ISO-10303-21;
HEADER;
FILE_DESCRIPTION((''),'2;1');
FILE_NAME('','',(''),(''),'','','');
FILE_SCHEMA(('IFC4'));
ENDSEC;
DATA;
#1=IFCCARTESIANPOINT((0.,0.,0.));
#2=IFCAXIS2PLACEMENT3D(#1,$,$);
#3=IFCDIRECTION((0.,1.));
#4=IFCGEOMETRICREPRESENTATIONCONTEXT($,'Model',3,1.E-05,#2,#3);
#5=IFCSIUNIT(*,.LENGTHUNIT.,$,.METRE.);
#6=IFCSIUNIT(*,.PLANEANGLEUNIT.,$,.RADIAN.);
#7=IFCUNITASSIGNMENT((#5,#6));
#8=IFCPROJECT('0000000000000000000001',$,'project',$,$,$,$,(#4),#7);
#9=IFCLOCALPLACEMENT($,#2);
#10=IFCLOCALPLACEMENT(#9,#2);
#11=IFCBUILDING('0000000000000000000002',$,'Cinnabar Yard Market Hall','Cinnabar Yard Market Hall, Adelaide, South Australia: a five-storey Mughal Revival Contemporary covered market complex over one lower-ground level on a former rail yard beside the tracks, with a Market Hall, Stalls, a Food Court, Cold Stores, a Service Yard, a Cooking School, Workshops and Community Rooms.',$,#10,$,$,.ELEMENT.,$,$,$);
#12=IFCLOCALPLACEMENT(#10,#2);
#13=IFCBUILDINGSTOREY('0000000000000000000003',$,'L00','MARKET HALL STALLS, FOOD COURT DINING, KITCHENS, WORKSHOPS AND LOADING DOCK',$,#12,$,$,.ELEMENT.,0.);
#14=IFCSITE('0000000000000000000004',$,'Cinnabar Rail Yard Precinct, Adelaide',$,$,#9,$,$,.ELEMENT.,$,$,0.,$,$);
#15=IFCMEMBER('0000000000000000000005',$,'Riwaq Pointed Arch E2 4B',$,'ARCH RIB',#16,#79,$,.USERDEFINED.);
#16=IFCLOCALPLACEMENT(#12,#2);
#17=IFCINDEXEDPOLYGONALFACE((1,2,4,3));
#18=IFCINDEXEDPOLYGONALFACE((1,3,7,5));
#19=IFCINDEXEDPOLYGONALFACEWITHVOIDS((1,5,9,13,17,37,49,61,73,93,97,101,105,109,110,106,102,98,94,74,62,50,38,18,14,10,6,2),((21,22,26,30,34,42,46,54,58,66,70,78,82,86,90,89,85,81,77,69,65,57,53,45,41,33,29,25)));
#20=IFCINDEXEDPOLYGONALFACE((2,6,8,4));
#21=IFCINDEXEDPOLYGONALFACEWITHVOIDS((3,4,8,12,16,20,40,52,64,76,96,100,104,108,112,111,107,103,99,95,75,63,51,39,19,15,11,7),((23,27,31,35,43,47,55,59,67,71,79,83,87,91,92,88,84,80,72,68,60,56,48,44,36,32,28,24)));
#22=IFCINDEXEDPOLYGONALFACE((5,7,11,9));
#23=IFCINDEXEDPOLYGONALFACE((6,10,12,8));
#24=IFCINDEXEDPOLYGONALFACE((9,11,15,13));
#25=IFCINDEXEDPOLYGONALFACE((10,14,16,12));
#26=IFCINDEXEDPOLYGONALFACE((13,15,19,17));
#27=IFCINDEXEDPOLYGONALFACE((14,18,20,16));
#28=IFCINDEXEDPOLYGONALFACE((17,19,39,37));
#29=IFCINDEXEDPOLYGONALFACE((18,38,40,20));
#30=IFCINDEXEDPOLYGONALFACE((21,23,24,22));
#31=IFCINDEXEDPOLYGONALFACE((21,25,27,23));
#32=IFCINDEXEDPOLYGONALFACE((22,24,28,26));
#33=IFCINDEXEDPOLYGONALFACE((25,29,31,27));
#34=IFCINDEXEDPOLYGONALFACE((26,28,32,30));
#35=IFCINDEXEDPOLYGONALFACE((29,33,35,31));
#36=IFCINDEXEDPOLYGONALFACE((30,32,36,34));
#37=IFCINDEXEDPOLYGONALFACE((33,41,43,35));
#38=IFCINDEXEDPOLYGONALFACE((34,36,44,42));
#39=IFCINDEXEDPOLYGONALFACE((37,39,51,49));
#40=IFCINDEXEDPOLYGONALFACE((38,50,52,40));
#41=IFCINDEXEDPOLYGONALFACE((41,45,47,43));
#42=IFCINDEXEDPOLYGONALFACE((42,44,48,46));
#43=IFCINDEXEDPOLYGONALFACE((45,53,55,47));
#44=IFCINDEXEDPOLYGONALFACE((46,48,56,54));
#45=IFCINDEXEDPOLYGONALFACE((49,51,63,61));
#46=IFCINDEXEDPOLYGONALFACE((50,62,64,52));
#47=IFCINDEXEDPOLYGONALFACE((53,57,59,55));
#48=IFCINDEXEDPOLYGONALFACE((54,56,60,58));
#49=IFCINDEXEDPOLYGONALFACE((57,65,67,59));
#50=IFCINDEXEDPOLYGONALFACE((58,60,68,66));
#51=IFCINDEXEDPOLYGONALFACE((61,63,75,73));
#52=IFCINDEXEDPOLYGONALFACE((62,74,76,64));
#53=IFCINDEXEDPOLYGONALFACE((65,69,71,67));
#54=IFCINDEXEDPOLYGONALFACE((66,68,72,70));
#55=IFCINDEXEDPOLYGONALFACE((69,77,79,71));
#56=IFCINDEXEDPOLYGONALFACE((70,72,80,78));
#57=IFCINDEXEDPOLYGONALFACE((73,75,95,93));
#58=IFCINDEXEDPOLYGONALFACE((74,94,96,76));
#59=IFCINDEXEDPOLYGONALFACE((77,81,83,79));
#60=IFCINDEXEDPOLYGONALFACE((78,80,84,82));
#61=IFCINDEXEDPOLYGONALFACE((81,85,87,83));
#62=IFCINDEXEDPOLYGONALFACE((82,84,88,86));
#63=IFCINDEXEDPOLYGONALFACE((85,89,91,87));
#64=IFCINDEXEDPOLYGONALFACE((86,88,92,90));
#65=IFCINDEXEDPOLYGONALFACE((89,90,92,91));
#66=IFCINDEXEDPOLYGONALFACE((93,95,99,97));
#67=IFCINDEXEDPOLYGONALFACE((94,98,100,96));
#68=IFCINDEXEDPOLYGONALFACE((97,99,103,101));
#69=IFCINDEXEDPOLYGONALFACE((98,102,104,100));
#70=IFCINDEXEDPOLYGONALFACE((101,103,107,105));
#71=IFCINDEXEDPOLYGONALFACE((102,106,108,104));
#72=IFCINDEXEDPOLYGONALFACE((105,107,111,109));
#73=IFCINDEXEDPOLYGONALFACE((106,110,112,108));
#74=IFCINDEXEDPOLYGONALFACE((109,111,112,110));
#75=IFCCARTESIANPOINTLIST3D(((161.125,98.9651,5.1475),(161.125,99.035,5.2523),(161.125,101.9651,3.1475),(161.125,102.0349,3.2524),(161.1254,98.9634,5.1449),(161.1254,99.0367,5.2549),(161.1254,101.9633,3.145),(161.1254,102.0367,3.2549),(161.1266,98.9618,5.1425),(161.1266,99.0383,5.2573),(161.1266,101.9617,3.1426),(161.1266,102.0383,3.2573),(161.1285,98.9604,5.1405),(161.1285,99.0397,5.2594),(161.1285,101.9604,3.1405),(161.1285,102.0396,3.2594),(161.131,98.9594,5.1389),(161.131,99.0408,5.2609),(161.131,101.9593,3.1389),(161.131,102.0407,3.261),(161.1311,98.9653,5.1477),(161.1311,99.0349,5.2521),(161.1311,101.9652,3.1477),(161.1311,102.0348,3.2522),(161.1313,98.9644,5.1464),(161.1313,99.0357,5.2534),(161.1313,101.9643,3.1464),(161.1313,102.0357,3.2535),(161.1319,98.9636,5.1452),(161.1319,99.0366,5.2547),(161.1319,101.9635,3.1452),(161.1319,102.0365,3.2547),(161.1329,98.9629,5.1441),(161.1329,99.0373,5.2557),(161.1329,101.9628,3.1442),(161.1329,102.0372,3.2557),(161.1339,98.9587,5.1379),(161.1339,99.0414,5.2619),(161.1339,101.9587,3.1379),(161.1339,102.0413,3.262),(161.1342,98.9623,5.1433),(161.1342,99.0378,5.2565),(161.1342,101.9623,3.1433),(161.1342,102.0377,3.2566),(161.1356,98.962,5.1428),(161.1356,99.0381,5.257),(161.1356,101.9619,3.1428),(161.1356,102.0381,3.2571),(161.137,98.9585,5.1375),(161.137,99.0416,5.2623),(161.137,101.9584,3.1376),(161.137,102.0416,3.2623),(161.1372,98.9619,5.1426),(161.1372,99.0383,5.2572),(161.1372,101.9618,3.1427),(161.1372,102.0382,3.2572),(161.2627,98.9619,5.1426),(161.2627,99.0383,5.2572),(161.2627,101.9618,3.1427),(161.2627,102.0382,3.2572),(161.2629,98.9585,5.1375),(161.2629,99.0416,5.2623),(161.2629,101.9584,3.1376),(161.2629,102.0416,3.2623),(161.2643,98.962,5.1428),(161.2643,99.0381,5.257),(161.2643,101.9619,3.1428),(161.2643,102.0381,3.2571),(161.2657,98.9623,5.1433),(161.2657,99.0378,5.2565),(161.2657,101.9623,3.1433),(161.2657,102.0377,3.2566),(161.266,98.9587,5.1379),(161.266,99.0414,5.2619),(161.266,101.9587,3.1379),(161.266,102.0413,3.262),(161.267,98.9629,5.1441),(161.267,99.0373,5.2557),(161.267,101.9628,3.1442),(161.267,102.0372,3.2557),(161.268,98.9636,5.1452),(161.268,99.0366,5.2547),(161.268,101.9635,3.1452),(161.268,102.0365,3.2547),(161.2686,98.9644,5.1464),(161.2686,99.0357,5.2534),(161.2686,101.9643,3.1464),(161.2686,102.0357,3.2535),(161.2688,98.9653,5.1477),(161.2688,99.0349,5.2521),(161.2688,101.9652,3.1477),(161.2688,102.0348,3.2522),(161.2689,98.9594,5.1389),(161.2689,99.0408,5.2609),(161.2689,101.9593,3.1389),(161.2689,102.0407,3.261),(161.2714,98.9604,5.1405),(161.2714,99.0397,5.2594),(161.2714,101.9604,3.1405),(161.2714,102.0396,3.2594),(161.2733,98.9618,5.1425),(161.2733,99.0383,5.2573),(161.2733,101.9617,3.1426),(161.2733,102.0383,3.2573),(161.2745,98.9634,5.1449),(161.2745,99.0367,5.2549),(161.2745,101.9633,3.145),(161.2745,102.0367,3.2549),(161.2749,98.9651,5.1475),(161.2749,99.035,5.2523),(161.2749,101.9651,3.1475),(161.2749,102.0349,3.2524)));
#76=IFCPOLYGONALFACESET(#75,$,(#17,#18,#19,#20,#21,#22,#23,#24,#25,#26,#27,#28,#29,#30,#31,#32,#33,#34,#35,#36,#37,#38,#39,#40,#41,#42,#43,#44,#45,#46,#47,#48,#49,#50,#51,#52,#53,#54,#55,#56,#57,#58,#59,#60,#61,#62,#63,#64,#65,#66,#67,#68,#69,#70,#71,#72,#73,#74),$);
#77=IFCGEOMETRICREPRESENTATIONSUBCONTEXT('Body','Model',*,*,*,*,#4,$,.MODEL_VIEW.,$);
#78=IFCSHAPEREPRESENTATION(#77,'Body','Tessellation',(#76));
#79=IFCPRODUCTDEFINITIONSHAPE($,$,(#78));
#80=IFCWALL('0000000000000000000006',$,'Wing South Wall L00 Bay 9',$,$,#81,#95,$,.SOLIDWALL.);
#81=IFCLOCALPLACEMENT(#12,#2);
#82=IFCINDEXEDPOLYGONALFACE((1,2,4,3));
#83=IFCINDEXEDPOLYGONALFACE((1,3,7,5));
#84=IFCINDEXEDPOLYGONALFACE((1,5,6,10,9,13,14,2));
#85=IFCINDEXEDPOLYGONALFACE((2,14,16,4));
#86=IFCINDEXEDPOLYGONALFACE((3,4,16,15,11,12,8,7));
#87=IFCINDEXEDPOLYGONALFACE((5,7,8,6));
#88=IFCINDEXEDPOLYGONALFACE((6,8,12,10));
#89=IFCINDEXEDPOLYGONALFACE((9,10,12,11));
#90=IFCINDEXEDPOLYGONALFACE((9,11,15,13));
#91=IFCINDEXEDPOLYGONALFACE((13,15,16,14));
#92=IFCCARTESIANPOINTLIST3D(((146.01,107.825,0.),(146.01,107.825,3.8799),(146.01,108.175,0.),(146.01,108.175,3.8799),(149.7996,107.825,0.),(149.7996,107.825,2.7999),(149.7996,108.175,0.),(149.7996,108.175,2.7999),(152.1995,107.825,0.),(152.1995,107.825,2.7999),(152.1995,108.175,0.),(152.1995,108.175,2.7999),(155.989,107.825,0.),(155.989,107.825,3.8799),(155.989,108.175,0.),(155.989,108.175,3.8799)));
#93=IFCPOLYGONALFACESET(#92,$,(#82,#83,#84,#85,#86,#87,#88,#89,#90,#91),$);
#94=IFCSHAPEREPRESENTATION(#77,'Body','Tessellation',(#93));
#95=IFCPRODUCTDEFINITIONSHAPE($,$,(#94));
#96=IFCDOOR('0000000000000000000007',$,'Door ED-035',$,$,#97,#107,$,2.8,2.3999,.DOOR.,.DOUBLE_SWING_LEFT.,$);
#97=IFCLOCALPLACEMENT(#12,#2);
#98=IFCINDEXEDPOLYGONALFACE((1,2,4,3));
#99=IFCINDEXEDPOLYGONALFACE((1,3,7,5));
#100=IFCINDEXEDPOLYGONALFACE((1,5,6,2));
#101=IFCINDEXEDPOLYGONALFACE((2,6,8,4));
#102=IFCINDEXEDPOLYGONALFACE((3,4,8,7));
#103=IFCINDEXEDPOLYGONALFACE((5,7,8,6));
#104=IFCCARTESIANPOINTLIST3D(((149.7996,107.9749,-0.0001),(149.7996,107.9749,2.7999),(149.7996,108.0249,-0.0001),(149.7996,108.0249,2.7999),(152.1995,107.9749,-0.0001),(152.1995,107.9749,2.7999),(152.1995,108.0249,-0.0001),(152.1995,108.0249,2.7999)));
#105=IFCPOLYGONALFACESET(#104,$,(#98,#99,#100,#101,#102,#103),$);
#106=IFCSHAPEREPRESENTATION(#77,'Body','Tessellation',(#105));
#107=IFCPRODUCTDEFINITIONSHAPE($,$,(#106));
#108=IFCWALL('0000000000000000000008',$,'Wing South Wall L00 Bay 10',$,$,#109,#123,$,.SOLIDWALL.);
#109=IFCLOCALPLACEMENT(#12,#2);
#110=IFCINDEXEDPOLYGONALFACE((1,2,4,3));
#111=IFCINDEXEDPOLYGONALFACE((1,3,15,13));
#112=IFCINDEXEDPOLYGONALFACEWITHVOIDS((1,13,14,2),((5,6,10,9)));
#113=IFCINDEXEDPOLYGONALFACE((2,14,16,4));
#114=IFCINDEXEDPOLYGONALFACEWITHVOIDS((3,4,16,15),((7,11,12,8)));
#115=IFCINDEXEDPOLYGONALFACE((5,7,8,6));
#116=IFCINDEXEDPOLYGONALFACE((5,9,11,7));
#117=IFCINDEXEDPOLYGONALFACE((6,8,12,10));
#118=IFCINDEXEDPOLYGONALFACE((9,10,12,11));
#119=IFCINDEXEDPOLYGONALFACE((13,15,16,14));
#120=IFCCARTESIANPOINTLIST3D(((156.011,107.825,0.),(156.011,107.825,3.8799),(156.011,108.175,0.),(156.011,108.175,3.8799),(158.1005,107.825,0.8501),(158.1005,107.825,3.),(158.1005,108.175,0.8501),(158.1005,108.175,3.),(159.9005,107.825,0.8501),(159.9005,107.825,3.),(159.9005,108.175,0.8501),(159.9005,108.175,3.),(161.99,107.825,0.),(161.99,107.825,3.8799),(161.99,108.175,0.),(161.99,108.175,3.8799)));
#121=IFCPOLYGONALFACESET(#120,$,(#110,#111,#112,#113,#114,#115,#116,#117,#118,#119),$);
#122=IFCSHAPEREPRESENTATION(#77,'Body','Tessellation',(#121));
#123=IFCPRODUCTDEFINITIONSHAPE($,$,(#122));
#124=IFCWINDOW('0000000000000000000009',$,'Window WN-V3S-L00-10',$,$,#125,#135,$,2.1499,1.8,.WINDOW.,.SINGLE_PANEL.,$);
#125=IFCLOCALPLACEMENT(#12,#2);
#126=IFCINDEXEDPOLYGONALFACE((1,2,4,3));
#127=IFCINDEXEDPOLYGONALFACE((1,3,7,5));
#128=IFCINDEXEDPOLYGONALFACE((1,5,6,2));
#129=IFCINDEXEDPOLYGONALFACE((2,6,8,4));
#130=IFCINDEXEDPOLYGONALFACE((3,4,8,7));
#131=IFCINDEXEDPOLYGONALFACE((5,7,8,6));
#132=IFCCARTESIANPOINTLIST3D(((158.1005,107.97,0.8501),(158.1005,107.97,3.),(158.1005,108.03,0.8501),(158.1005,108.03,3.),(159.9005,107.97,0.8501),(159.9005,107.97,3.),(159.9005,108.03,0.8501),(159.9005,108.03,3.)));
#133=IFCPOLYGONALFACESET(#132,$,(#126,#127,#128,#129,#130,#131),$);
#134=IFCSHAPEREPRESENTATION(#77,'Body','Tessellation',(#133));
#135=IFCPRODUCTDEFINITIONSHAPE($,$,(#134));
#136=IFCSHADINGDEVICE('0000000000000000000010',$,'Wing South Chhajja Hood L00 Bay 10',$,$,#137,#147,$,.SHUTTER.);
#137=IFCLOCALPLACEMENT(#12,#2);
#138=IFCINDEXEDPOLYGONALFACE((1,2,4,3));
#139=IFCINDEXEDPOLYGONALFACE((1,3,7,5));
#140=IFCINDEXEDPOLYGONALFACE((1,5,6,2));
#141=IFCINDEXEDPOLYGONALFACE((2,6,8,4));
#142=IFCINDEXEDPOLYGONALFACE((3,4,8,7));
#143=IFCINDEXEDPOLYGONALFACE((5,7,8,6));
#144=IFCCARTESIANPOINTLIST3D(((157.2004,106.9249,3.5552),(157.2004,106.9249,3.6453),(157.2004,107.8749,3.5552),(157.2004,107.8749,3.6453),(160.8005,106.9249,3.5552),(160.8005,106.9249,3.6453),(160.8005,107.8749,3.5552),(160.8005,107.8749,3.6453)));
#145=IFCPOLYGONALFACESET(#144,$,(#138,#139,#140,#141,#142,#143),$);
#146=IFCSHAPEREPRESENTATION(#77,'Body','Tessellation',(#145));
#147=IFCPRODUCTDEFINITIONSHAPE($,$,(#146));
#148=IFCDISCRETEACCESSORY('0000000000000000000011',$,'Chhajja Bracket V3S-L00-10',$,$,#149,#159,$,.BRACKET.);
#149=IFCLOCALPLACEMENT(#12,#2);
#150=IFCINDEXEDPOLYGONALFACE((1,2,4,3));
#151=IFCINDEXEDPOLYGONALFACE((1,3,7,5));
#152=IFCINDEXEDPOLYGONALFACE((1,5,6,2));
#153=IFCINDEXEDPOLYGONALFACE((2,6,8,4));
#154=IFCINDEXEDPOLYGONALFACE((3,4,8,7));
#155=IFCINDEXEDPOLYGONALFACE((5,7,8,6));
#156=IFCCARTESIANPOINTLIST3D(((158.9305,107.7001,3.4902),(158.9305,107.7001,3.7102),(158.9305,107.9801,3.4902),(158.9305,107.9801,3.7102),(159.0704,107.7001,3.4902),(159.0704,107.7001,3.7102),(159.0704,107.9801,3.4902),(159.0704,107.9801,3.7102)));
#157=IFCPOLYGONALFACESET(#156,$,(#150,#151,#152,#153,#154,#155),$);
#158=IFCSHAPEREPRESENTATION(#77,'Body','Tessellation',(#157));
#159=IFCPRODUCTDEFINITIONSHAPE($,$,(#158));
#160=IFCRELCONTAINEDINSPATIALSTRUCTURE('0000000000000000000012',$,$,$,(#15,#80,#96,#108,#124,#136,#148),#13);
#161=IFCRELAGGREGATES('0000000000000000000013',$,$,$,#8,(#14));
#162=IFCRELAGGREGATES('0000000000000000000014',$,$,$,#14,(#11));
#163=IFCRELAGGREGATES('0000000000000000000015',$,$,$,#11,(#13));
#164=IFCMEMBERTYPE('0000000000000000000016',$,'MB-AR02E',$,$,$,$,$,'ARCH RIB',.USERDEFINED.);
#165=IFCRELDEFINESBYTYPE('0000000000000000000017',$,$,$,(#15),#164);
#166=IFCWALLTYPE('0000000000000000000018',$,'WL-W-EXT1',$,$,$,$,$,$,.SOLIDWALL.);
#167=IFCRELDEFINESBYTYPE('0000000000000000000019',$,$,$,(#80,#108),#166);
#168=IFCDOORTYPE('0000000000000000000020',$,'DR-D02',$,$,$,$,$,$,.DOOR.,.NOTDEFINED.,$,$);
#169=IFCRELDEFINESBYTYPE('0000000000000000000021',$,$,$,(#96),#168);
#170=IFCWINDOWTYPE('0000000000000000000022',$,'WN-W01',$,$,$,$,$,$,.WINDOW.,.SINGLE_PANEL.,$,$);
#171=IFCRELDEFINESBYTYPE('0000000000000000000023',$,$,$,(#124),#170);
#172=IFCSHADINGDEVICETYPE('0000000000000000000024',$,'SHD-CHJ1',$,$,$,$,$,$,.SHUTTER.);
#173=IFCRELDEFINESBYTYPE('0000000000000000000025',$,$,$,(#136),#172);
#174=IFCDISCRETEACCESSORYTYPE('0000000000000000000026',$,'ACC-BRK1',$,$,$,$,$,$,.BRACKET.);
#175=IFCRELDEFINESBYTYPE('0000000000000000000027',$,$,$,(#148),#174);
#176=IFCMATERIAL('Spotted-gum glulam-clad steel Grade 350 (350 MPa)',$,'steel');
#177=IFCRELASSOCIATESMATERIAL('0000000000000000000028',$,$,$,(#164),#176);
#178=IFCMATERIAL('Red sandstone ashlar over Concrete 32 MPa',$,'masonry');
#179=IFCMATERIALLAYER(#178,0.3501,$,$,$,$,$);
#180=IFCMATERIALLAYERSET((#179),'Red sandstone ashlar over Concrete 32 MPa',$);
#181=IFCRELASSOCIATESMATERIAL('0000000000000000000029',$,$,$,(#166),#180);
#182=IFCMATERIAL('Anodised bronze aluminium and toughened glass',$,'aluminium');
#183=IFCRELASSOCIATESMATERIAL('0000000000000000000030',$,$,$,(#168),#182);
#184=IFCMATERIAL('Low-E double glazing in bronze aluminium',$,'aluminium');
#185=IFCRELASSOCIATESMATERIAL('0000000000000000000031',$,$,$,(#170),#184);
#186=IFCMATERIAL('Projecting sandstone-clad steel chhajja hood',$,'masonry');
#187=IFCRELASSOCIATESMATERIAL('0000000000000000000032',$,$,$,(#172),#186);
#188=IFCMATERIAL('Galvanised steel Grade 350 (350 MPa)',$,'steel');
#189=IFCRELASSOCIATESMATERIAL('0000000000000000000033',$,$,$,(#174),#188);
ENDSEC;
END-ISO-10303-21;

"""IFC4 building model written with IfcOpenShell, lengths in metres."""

from ifc_helpers import new_model, si_unit, direction, frame, frame_2d, origin, origin_2d_with_axis, place, context, subcontext, project, spatial, rectangle, hollow_rectangle, extrude, material, layer, layer_set, material_profile, profile_set, type_object, element, fill, save


model = new_model("IFC4")

# Units and contexts
model_context = context("Model", 3, precision=1e-05, world=origin(), true_north=direction((0.0, 1.0)))
body_context = subcontext(model_context, "Body", "Model", "MODEL_VIEW")
ifc_project = project(units=[si_unit("LENGTHUNIT", "METRE"), si_unit("PLANEANGLEUNIT", "RADIAN")], contexts=[model_context])

# Site, building, storey
site_placement = place(None, origin())
site = spatial("IfcSite", under=ifc_project, at=site_placement, Name="Cinnabar Rail Yard Precinct, Adelaide", CompositionType="ELEMENT", RefElevation=0.0)
building_placement = place(site_placement, origin())
building = spatial("IfcBuilding", under=site, at=building_placement, Name="Cinnabar Yard Market Hall", Description="Cinnabar Yard Market Hall, Adelaide, South Australia: a five-storey Mughal Revival Contemporary covered market complex over one lower-ground level on a former rail yard beside the tracks, with a Market Hall, Stalls, a Food Court, Cold Stores, a Service Yard, a Cooking School, Workshops and Community Rooms.", CompositionType="ELEMENT")
storey_placement = place(building_placement, origin())
storey = spatial("IfcBuildingStorey", under=building, at=storey_placement, Name="L00", Description="MARKET HALL STALLS, FOOD COURT DINING, KITCHENS, WORKSHOPS AND LOADING DOCK", CompositionType="ELEMENT", Elevation=0.0)

# Shared definitions
ifc_material_1 = material(Name="Spotted-gum glulam-clad steel Grade 350 (350 MPa)", Category="steel")

# Member
ifc_material_profile_1 = material_profile(ifc_material_1, hollow_rectangle(XDim=0.1499, YDim=0.1499, WallThickness=0.0061, InnerFilletRadius=0.0061, OuterFilletRadius=0.012, at=origin_2d_with_axis()), Name="150x150x6.0SHS")
ifc_profile_set_1 = profile_set([ifc_material_profile_1], Name="Spotted-gum glulam-clad steel Grade 350 (350 MPa)")
member_type = type_object("IfcMemberType", Name="MB-AR02E", ElementType="ARCH RIB", PredefinedType="USERDEFINED", material=ifc_profile_set_1)
for number, where, z_axis, x_axis, name in (
    (1, (161.2, 102.0, 3.2), (0.0, -0.83205, 0.5547), (1.0, 0.0, 0.0), "Riwaq Pointed Arch E2 4B"),
):
    element("IfcMember", number, at=place(storey_placement, frame(where, z_axis=z_axis, x_axis=x_axis)), inside=storey, type_object=member_type, Name=name, ObjectType="ARCH RIB", PredefinedType="USERDEFINED", context=body_context, shape_type="SweptSolid", body=[
        extrude(hollow_rectangle(XDim=0.1499, YDim=0.1499, WallThickness=0.0061, InnerFilletRadius=0.0061, OuterFilletRadius=0.012, at=origin_2d_with_axis()), origin(), (0.0, 0.0, 1.0), 3.6055),
    ])

# Wall, opening, door
ifc_material_2 = material(Name="Red sandstone ashlar over Concrete 32 MPa", Category="masonry")
ifc_layer_1 = layer(ifc_material_2, 0.3501)
ifc_layer_set_1 = layer_set([ifc_layer_1], Name="Red sandstone ashlar over Concrete 32 MPa")
wall_type = type_object("IfcWallType", Name="WL-W-EXT1", PredefinedType="SOLIDWALL", material=ifc_layer_set_1)
wall_1_placement = place(storey_placement, frame((146.01, 108.0, 0.0), z_axis=(0.0, 0.0, 1.0), x_axis=(1.0, 0.0, 0.0)))
wall_1 = element("IfcWall", 2, at=wall_1_placement, inside=storey, type_object=wall_type, Name="Wing South Wall L00 Bay 9", PredefinedType="SOLIDWALL", context=body_context, shape_type="SweptSolid", body=[
    extrude(rectangle(XDim=9.979, YDim=0.3501, at=frame_2d((4.9895, 0.0), x_axis=(1.0, 0.0))), origin(), (0.0, 0.0, 1.0), 3.8799),
])
opening_1_placement = place(wall_1_placement, frame((3.7896, 0.0, 0.0)))
opening_1 = element("IfcOpeningElement", 3, at=opening_1_placement, cuts=wall_1, PredefinedType="OPENING", context=body_context, shape_type="SweptSolid", body=[
    extrude(rectangle(XDim=2.3999, YDim=2.8, at=frame_2d((1.2, 1.3999), x_axis=(1.0, 0.0))), frame((0.0, 0.1851, 0.0), z_axis=(0.0, -1.0, 0.0), x_axis=(1.0, 0.0, 0.0)), (0.0, 0.0, 1.0), 0.3701),
])
ifc_material_3 = material(Name="Anodised bronze aluminium and toughened glass", Category="aluminium")
door_type = type_object("IfcDoorType", Name="DR-D02", OperationType="NOTDEFINED", PredefinedType="DOOR", material=ifc_material_3)
door_placement = place(opening_1_placement, origin())
door = element("IfcDoor", 4, at=door_placement, inside=storey, type_object=door_type, Name="Door ED-035", OperationType="DOUBLE_SWING_LEFT", OverallHeight=2.8, OverallWidth=2.3999, PredefinedType="DOOR", context=body_context, shape_type="SweptSolid", body=[
    extrude(rectangle(XDim=2.3999, YDim=2.8, at=frame_2d((1.2, 1.3999), x_axis=(1.0, 0.0))), frame((0.0, 0.0249, 0.0), z_axis=(0.0, -1.0, 0.0), x_axis=(1.0, 0.0, 0.0)), (0.0, 0.0, 1.0), 0.05),
])
fill(opening_1, door)

# Wall, opening, window
wall_2_placement = place(storey_placement, frame((156.011, 108.0, 0.0), z_axis=(0.0, 0.0, 1.0), x_axis=(1.0, 0.0, 0.0)))
wall_2 = element("IfcWall", 5, at=wall_2_placement, inside=storey, type_object=wall_type, Name="Wing South Wall L00 Bay 10", PredefinedType="SOLIDWALL", context=body_context, shape_type="SweptSolid", body=[
    extrude(rectangle(XDim=5.979, YDim=0.3501, at=frame_2d((2.9895, 0.0), x_axis=(1.0, 0.0))), origin(), (0.0, 0.0, 1.0), 3.8799),
])
opening_2_placement = place(wall_2_placement, frame((2.0896, 0.0, 0.8501)))
opening_2 = element("IfcOpeningElement", 6, at=opening_2_placement, cuts=wall_2, PredefinedType="OPENING", context=body_context, shape_type="SweptSolid", body=[
    extrude(rectangle(XDim=1.8, YDim=2.1499, at=frame_2d((0.8999, 1.075), x_axis=(1.0, 0.0))), frame((0.0, 0.1851, 0.0), z_axis=(0.0, -1.0, 0.0), x_axis=(1.0, 0.0, 0.0)), (0.0, 0.0, 1.0), 0.3701),
])
ifc_material_4 = material(Name="Low-E double glazing in bronze aluminium", Category="aluminium")
window_type = type_object("IfcWindowType", Name="WN-W01", PartitioningType="SINGLE_PANEL", PredefinedType="WINDOW", material=ifc_material_4)
window_placement = place(opening_2_placement, origin())
window = element("IfcWindow", 7, at=window_placement, inside=storey, type_object=window_type, Name="Window WN-V3S-L00-10", OverallHeight=2.1499, OverallWidth=1.8, PartitioningType="SINGLE_PANEL", PredefinedType="WINDOW", context=body_context, shape_type="SweptSolid", body=[
    extrude(rectangle(XDim=1.8, YDim=2.1499, at=frame_2d((0.8999, 1.075), x_axis=(1.0, 0.0))), frame((0.0, 0.03, 0.0), z_axis=(0.0, -1.0, 0.0), x_axis=(1.0, 0.0, 0.0)), (0.0, 0.0, 1.0), 0.0601),
])
fill(opening_2, window)

# Shading device
ifc_material_5 = material(Name="Projecting sandstone-clad steel chhajja hood", Category="masonry")
shading_device_type = type_object("IfcShadingDeviceType", Name="SHD-CHJ1", PredefinedType="SHUTTER", material=ifc_material_5)
shading_device_placement = place(storey_placement, frame((159.0005, 107.3999, 3.5552), z_axis=(0.0, 0.0, 1.0), x_axis=(1.0, 0.0, 0.0)))
element("IfcShadingDevice", 8, at=shading_device_placement, inside=storey, type_object=shading_device_type, Name="Wing South Chhajja Hood L00 Bay 10", PredefinedType="SHUTTER", context=body_context, shape_type="SweptSolid", body=[
    extrude(rectangle(XDim=3.6001, YDim=0.95, at=origin_2d_with_axis()), origin(), (0.0, 0.0, 1.0), 0.0901),
])

# Discrete accessory
ifc_material_6 = material(Name="Galvanised steel Grade 350 (350 MPa)", Category="steel")
discrete_accessory_type = type_object("IfcDiscreteAccessoryType", Name="ACC-BRK1", PredefinedType="BRACKET", material=ifc_material_6)
discrete_accessory_placement = place(storey_placement, frame((159.0005, 107.8401, 3.4902), z_axis=(0.0, 0.0, 1.0), x_axis=(1.0, 0.0, 0.0)))
element("IfcDiscreteAccessory", 9, at=discrete_accessory_placement, inside=storey, type_object=discrete_accessory_type, Name="Chhajja Bracket V3S-L00-10", PredefinedType="BRACKET", context=body_context, shape_type="SweptSolid", body=[
    extrude(rectangle(XDim=0.1399, YDim=0.28, at=origin_2d_with_axis()), origin(), (0.0, 0.0, 1.0), 0.22),
])

save(model, "model.ifc")
